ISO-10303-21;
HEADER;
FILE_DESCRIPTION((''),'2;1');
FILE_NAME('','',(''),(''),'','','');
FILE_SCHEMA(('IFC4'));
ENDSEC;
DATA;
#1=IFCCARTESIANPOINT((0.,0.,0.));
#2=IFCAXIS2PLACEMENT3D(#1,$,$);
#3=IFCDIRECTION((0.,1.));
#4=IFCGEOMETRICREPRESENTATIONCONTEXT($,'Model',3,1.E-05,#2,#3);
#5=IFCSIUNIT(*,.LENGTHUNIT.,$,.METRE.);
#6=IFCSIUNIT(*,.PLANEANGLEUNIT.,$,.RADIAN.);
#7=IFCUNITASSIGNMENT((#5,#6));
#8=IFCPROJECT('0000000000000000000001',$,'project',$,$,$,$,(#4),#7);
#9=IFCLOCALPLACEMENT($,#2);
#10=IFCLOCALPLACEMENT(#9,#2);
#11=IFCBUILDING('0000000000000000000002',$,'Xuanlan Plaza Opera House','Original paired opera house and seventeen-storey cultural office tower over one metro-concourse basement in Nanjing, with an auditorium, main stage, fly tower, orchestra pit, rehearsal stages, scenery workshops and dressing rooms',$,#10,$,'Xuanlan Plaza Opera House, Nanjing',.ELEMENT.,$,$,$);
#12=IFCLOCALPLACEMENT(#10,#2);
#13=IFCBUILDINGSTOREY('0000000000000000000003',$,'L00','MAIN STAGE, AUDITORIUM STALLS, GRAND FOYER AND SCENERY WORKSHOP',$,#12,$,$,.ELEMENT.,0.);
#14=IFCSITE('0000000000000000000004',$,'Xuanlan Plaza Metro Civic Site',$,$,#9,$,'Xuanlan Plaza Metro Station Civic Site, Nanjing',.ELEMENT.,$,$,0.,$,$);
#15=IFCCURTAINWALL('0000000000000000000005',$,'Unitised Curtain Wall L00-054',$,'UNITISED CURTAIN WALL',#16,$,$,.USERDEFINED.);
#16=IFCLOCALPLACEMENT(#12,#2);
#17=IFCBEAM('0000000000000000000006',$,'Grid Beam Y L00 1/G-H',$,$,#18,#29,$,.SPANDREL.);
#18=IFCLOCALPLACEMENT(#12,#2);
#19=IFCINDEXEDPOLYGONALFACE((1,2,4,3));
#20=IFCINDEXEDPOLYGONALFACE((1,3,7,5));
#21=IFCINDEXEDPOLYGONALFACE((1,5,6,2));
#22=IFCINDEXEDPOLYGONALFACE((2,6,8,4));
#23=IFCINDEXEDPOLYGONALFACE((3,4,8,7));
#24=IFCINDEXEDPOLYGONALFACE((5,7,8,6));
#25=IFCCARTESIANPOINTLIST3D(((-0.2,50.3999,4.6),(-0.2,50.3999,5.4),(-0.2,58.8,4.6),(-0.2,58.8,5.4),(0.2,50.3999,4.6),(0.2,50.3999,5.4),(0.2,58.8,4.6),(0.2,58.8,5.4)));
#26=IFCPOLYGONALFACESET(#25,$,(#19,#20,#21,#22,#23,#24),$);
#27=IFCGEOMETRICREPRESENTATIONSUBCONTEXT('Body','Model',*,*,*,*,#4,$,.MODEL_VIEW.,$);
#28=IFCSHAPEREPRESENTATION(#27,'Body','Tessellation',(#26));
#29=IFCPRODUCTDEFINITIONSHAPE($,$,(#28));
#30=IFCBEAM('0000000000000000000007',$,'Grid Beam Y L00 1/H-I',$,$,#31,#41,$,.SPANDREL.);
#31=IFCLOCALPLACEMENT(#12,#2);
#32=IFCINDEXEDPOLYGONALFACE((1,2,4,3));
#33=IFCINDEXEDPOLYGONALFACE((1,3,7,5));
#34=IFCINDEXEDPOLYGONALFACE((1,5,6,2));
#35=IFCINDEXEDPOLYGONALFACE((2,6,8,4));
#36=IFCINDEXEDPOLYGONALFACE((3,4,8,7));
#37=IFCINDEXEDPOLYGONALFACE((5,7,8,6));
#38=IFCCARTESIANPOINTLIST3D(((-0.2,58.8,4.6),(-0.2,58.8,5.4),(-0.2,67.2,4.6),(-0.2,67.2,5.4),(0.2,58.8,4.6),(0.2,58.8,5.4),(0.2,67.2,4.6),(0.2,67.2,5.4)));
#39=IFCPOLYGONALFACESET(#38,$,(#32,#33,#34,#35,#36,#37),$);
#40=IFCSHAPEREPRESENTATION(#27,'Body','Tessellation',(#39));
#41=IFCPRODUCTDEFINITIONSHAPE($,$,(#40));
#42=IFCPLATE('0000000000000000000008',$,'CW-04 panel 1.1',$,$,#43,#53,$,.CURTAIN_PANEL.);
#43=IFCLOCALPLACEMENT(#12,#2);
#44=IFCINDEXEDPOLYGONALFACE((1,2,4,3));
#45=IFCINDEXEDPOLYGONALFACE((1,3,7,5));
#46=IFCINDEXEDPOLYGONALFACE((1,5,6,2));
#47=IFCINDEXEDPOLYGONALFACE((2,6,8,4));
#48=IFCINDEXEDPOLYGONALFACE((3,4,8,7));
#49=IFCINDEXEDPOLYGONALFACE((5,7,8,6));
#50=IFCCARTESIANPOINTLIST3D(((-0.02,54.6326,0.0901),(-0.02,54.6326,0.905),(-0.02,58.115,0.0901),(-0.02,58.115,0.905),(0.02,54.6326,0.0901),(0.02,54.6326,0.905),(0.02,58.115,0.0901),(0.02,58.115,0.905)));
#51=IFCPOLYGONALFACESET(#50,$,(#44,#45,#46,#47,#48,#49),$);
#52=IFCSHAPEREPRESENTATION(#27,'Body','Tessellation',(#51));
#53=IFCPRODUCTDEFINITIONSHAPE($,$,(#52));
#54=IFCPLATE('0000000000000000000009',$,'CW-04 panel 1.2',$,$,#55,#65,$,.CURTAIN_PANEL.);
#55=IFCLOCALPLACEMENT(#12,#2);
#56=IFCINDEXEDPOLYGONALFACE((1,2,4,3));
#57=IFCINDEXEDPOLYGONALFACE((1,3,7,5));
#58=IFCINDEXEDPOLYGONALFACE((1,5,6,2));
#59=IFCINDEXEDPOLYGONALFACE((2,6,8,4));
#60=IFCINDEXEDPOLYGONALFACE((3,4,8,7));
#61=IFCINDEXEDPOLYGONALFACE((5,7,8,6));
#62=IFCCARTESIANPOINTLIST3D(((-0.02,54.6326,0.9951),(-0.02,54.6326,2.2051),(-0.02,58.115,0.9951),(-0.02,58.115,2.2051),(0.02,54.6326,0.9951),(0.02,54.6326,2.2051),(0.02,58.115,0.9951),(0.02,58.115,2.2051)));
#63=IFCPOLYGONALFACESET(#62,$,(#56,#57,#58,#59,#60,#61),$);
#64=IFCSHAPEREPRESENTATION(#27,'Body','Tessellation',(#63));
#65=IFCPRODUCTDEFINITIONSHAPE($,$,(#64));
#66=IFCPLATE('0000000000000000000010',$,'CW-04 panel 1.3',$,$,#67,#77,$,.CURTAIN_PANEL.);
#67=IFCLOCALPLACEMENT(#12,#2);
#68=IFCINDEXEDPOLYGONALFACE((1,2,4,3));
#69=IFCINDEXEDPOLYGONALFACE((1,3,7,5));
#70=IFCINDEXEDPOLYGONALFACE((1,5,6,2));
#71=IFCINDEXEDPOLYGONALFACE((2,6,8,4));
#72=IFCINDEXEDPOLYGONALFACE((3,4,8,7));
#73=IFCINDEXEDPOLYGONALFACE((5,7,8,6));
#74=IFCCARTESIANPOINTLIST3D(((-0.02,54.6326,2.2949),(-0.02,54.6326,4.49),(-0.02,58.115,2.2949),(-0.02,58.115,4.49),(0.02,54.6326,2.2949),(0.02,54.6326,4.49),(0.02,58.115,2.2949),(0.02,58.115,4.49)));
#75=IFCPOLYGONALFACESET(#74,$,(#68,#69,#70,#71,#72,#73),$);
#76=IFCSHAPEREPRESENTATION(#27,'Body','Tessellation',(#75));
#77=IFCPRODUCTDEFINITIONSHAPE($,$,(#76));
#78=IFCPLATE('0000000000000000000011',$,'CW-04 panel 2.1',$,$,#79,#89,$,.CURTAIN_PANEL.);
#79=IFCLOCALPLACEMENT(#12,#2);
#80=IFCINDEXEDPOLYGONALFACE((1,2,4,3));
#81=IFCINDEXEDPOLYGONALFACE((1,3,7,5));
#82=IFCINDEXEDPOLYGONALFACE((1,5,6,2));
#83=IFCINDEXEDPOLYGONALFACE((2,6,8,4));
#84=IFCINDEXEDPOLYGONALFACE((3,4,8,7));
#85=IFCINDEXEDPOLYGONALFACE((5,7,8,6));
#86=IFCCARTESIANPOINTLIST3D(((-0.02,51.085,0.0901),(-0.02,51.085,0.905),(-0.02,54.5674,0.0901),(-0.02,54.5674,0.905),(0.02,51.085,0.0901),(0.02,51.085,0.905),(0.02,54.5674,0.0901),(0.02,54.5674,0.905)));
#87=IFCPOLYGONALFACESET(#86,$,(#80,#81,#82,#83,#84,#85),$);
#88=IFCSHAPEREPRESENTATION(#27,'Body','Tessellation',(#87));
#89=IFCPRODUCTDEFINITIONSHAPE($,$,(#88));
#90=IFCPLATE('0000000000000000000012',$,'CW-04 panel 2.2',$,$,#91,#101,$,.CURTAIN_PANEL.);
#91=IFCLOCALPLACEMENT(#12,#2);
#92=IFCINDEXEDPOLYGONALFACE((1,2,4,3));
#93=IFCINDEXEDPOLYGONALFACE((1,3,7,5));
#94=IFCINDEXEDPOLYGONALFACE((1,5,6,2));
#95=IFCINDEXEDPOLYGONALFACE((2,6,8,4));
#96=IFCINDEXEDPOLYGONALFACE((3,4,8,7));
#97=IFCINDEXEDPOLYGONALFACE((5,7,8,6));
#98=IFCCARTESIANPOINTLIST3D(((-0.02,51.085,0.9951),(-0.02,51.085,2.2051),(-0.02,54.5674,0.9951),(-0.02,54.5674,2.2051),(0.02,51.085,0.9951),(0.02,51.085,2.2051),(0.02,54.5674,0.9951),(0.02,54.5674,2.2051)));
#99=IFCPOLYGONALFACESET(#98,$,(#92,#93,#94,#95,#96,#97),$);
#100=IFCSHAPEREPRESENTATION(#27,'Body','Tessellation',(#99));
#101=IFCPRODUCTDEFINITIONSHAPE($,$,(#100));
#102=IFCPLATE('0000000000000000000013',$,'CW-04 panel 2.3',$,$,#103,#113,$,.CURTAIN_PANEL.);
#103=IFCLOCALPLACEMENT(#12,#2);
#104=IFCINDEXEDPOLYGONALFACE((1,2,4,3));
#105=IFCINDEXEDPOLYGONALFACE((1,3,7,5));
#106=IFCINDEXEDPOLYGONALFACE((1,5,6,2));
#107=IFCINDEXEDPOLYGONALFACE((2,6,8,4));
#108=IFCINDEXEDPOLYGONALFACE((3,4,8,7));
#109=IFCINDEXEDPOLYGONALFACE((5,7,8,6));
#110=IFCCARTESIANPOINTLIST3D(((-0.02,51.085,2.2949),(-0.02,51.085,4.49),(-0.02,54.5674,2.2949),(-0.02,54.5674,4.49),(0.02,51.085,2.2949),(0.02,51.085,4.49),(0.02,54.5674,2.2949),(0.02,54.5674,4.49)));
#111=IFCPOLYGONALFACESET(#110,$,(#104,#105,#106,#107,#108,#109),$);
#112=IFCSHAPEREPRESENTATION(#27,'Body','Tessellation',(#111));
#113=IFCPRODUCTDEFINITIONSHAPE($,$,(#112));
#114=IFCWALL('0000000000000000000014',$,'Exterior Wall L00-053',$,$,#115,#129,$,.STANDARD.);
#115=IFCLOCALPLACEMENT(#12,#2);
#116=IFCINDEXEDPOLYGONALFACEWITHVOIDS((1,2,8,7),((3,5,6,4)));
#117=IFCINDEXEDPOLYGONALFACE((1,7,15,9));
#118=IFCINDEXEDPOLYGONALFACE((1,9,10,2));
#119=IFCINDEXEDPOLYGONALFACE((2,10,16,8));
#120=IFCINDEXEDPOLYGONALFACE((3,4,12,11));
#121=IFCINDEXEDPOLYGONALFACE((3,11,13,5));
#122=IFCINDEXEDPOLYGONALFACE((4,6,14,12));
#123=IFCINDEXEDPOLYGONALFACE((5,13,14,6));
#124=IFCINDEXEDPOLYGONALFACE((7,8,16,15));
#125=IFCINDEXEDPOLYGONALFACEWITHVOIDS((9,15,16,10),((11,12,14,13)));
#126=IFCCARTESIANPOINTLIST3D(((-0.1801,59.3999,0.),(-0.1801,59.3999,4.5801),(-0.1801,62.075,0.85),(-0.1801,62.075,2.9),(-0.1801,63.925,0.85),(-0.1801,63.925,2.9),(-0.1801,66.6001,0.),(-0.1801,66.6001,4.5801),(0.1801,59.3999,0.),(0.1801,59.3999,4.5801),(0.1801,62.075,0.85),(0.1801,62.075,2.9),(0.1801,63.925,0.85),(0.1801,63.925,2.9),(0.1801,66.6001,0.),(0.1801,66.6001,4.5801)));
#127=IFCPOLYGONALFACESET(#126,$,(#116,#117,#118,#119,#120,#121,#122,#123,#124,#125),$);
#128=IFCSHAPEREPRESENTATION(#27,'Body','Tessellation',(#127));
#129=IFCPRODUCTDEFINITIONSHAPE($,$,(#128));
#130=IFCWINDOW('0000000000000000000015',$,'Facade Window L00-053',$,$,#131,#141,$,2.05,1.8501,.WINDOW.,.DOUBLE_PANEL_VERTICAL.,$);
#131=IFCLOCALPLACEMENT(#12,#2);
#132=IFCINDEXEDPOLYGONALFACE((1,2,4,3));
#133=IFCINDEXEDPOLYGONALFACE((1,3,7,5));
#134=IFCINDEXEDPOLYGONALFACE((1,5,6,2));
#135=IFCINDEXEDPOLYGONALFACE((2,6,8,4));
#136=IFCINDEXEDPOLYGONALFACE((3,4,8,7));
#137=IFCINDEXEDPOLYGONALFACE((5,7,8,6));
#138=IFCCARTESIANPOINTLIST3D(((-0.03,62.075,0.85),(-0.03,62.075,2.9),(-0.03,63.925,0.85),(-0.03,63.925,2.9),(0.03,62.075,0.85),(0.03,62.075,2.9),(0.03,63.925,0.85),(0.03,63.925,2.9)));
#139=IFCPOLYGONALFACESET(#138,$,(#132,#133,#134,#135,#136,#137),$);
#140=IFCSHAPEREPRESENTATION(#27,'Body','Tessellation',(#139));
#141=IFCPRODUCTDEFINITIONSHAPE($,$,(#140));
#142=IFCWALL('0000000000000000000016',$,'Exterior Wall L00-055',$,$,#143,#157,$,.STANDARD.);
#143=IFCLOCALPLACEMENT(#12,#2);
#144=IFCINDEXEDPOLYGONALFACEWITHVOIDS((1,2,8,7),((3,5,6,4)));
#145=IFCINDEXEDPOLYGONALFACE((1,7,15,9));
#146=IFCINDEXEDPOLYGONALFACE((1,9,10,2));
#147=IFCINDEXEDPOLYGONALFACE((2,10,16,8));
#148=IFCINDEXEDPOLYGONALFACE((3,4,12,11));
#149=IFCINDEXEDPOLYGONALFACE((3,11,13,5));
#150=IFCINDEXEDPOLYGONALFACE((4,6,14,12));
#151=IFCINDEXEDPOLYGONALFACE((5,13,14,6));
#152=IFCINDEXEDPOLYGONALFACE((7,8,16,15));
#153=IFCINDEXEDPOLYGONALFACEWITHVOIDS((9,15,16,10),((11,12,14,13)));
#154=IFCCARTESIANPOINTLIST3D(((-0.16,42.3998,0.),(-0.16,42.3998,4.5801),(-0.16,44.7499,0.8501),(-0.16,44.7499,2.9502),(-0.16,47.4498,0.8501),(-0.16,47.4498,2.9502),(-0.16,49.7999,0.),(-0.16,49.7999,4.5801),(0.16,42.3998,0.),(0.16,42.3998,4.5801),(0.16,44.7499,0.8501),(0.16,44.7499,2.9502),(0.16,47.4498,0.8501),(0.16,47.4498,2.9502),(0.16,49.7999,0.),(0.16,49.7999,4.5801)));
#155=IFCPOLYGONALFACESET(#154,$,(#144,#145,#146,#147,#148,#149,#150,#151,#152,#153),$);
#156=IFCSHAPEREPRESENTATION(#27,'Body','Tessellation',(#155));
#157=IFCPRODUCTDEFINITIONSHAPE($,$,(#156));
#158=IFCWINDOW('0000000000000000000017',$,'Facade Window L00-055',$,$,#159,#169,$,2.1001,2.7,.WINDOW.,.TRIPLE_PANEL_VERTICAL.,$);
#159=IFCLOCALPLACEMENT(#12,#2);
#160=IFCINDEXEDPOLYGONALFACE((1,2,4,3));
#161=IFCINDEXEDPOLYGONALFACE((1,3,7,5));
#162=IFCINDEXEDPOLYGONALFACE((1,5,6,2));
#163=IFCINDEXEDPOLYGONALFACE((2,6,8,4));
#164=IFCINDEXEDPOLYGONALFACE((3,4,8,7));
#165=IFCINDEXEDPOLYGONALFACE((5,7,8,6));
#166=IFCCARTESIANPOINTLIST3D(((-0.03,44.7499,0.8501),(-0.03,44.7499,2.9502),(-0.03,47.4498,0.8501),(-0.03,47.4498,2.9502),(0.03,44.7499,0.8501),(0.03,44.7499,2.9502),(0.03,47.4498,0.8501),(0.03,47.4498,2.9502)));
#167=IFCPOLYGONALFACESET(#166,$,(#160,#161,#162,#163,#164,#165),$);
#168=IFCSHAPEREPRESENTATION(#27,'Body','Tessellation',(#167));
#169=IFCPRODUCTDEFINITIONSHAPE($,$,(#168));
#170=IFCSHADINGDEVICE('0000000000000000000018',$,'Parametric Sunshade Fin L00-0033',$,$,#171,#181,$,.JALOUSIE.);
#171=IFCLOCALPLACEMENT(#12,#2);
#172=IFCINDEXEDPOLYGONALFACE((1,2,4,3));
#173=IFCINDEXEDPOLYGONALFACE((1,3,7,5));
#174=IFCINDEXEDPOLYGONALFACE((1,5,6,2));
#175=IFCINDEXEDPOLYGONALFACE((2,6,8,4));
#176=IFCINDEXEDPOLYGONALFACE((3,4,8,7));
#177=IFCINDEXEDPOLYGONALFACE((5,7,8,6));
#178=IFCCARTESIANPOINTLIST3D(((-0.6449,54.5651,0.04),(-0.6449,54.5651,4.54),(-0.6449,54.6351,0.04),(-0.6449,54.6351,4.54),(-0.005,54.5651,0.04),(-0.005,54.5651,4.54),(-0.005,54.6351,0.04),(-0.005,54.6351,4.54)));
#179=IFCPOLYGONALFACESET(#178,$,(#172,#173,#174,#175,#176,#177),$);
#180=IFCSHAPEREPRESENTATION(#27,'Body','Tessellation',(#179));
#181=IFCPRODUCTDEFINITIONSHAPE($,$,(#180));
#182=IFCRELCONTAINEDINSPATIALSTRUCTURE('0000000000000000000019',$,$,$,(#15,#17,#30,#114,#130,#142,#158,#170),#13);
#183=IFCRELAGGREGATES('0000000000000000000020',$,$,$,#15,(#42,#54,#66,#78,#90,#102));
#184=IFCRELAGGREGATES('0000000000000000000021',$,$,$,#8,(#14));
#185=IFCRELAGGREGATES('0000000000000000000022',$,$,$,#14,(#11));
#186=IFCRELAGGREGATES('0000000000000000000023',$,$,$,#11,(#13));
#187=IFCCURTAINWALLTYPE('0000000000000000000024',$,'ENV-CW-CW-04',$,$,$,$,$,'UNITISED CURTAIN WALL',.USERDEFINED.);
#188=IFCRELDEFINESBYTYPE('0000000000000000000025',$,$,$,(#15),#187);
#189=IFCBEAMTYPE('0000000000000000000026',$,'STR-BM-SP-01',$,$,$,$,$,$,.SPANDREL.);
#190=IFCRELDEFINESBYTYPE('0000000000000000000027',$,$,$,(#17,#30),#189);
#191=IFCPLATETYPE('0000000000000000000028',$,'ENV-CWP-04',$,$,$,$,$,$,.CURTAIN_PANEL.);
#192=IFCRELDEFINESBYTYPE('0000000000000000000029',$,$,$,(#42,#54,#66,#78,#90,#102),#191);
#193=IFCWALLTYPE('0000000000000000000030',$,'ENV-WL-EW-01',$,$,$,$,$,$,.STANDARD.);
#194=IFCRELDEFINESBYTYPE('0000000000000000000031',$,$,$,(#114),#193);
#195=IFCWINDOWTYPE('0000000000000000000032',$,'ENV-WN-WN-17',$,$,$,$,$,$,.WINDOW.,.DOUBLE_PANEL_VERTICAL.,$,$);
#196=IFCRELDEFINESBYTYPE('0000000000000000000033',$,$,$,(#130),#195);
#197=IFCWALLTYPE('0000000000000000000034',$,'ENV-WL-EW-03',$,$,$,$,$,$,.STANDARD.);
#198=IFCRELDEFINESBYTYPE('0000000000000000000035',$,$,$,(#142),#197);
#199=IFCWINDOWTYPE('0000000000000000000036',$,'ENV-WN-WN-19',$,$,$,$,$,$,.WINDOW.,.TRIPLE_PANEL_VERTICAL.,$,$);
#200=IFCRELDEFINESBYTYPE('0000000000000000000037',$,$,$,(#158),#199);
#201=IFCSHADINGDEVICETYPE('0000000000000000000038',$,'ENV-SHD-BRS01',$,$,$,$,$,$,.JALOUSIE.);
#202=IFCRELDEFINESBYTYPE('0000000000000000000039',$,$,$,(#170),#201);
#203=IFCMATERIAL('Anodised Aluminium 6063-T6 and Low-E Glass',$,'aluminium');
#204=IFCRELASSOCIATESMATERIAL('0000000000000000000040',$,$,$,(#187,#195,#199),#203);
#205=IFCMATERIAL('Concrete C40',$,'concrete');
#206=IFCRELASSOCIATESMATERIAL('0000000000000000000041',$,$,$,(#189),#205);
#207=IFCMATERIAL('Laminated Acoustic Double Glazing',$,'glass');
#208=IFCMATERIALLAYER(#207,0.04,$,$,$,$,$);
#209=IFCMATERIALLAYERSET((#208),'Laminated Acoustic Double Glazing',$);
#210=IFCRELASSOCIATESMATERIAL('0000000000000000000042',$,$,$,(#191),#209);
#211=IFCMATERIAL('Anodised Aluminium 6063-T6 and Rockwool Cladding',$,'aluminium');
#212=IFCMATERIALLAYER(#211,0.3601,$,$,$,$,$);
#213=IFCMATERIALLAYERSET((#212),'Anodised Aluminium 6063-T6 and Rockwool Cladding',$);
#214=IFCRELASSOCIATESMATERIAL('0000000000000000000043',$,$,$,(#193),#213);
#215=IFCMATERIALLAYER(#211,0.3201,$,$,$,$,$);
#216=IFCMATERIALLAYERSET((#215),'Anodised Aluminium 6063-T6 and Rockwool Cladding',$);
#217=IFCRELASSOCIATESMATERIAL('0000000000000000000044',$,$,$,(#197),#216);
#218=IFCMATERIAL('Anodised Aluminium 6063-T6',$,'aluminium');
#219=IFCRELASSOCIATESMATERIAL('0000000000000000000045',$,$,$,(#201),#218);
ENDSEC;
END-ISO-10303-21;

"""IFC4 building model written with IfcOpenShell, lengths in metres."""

from ifc_helpers import new_model, si_unit, direction, frame, frame_2d, origin, origin_2d, place, context, subcontext, project, spatial, rectangle, extrude, material, layer, layer_set, material_profile, profile_set, type_object, element, fill, aggregate, save


model = new_model("IFC4")

# Units and contexts
model_context = context("Model", 3, precision=1e-05, world=origin(), true_north=direction((0.0, 1.0)))
body_context = subcontext(model_context, "Body", "Model", "MODEL_VIEW")
ifc_project = project(units=[si_unit("LENGTHUNIT", "METRE"), si_unit("PLANEANGLEUNIT", "RADIAN")], contexts=[model_context])

# Site, building, storey
site_placement = place(None, origin())
site = spatial("IfcSite", under=ifc_project, at=site_placement, Name="Xuanlan Plaza Metro Civic Site", LongName="Xuanlan Plaza Metro Station Civic Site, Nanjing", CompositionType="ELEMENT", RefElevation=0.0)
building_placement = place(site_placement, origin())
building = spatial("IfcBuilding", under=site, at=building_placement, Name="Xuanlan Plaza Opera House", Description="Original paired opera house and seventeen-storey cultural office tower over one metro-concourse basement in Nanjing, with an auditorium, main stage, fly tower, orchestra pit, rehearsal stages, scenery workshops and dressing rooms", LongName="Xuanlan Plaza Opera House, Nanjing", CompositionType="ELEMENT")
storey_placement = place(building_placement, origin())
storey = spatial("IfcBuildingStorey", under=building, at=storey_placement, Name="L00", Description="MAIN STAGE, AUDITORIUM STALLS, GRAND FOYER AND SCENERY WORKSHOP", CompositionType="ELEMENT", Elevation=0.0)

# Curtain wall
ifc_material_1 = material(Name="Anodised Aluminium 6063-T6 and Low-E Glass", Category="aluminium")
curtain_wall_type = type_object("IfcCurtainWallType", Name="ENV-CW-CW-04", ElementType="UNITISED CURTAIN WALL", PredefinedType="USERDEFINED", material=ifc_material_1)
curtain_wall_placement = place(storey_placement, origin())
curtain_wall = element("IfcCurtainWall", 1, at=curtain_wall_placement, inside=storey, type_object=curtain_wall_type, Name="Unitised Curtain Wall L00-054", ObjectType="UNITISED CURTAIN WALL", PredefinedType="USERDEFINED")
ifc_material_2 = material(Name="Anodised Aluminium 6063-T6", Category="aluminium")

# Beams
ifc_material_3 = material(Name="Concrete C40", Category="concrete")
ifc_material_profile_1 = material_profile(ifc_material_3, rectangle(XDim=0.3999, YDim=0.8, at=origin_2d()), Name="RC-SPD 400x800")
ifc_profile_set_1 = profile_set([ifc_material_profile_1], Name="Concrete C40")
beam_type_1 = type_object("IfcBeamType", Name="STR-BM-SP-01", PredefinedType="SPANDREL", material=ifc_profile_set_1)
beam_1_placement = place(storey_placement, frame((0.0, 50.3999, 5.0), z_axis=(0.0, 1.0, 0.0), x_axis=(-1.0, 0.0, 0.0)))
element("IfcBeam", 2, at=beam_1_placement, inside=storey, type_object=beam_type_1, Name="Grid Beam Y L00 1/G-H", PredefinedType="SPANDREL", context=body_context, shape_type="SweptSolid", body=[
    extrude(rectangle(XDim=0.3999, YDim=0.8, at=origin_2d()), origin(), (0.0, 0.0, 1.0), 8.4001),
])
beam_2_placement = place(storey_placement, frame((0.0, 58.8, 5.0), z_axis=(0.0, 1.0, 0.0), x_axis=(-1.0, 0.0, 0.0)))
element("IfcBeam", 3, at=beam_2_placement, inside=storey, type_object=beam_type_1, Name="Grid Beam Y L00 1/H-I", PredefinedType="SPANDREL", context=body_context, shape_type="SweptSolid", body=[
    extrude(rectangle(XDim=0.3999, YDim=0.8, at=origin_2d()), origin(), (0.0, 0.0, 1.0), 8.3999),
])

# Plates
ifc_material_4 = material(Name="Laminated Acoustic Double Glazing", Category="glass")
ifc_layer_1 = layer(ifc_material_4, 0.04)
ifc_layer_set_1 = layer_set([ifc_layer_1], Name="Laminated Acoustic Double Glazing")
plate_type = type_object("IfcPlateType", Name="ENV-CWP-04", PredefinedType="CURTAIN_PANEL", material=ifc_layer_set_1)
plate_1_placement = place(storey_placement, frame((0.0, 56.3738, 0.0901), z_axis=(0.0, 0.0, 1.0), x_axis=(0.0, -1.0, 0.0)))
plate_1 = element("IfcPlate", 4, at=plate_1_placement, type_object=plate_type, Name="CW-04 panel 1.1", PredefinedType="CURTAIN_PANEL", context=body_context, shape_type="SweptSolid", body=[
    extrude(rectangle(XDim=3.4824, YDim=0.04, at=origin_2d()), origin(), (0.0, 0.0, 1.0), 0.8149),
])
plate_2_placement = place(storey_placement, frame((0.0, 56.3738, 0.9951), z_axis=(0.0, 0.0, 1.0), x_axis=(0.0, -1.0, 0.0)))
plate_2 = element("IfcPlate", 5, at=plate_2_placement, type_object=plate_type, Name="CW-04 panel 1.2", PredefinedType="CURTAIN_PANEL", context=body_context, shape_type="SweptSolid", body=[
    extrude(rectangle(XDim=3.4824, YDim=0.04, at=origin_2d()), origin(), (0.0, 0.0, 1.0), 1.21),
])
plate_3_placement = place(storey_placement, frame((0.0, 56.3738, 2.2949), z_axis=(0.0, 0.0, 1.0), x_axis=(0.0, -1.0, 0.0)))
plate_3 = element("IfcPlate", 6, at=plate_3_placement, type_object=plate_type, Name="CW-04 panel 1.3", PredefinedType="CURTAIN_PANEL", context=body_context, shape_type="SweptSolid", body=[
    extrude(rectangle(XDim=3.4824, YDim=0.04, at=origin_2d()), origin(), (0.0, 0.0, 1.0), 2.1951),
])
plate_4_placement = place(storey_placement, frame((0.0, 52.8262, 0.0901), z_axis=(0.0, 0.0, 1.0), x_axis=(0.0, -1.0, 0.0)))
plate_4 = element("IfcPlate", 7, at=plate_4_placement, type_object=plate_type, Name="CW-04 panel 2.1", PredefinedType="CURTAIN_PANEL", context=body_context, shape_type="SweptSolid", body=[
    extrude(rectangle(XDim=3.4824, YDim=0.04, at=origin_2d()), origin(), (0.0, 0.0, 1.0), 0.8149),
])
plate_5_placement = place(storey_placement, frame((0.0, 52.8262, 0.9951), z_axis=(0.0, 0.0, 1.0), x_axis=(0.0, -1.0, 0.0)))
plate_5 = element("IfcPlate", 8, at=plate_5_placement, type_object=plate_type, Name="CW-04 panel 2.2", PredefinedType="CURTAIN_PANEL", context=body_context, shape_type="SweptSolid", body=[
    extrude(rectangle(XDim=3.4824, YDim=0.04, at=origin_2d()), origin(), (0.0, 0.0, 1.0), 1.21),
])
plate_6_placement = place(storey_placement, frame((0.0, 52.8262, 2.2949), z_axis=(0.0, 0.0, 1.0), x_axis=(0.0, -1.0, 0.0)))
plate_6 = element("IfcPlate", 9, at=plate_6_placement, type_object=plate_type, Name="CW-04 panel 2.3", PredefinedType="CURTAIN_PANEL", context=body_context, shape_type="SweptSolid", body=[
    extrude(rectangle(XDim=3.4824, YDim=0.04, at=origin_2d()), origin(), (0.0, 0.0, 1.0), 2.1951),
])
aggregate(curtain_wall, [plate_1, plate_2, plate_3, plate_4, plate_5, plate_6])

# Walls, openings, windows
ifc_material_5 = material(Name="Anodised Aluminium 6063-T6 and Rockwool Cladding", Category="aluminium")
ifc_layer_2 = layer(ifc_material_5, 0.3601)
ifc_layer_set_2 = layer_set([ifc_layer_2], Name="Anodised Aluminium 6063-T6 and Rockwool Cladding")
wall_type_1 = type_object("IfcWallType", Name="ENV-WL-EW-01", PredefinedType="STANDARD", material=ifc_layer_set_2)
wall_1_placement = place(storey_placement, frame((0.0, 66.6001, 0.0), z_axis=(0.0, 0.0, 1.0), x_axis=(0.0, -1.0, 0.0)))
wall_1 = element("IfcWall", 10, at=wall_1_placement, inside=storey, type_object=wall_type_1, Name="Exterior Wall L00-053", PredefinedType="STANDARD", context=body_context, shape_type="SweptSolid", body=[
    extrude(rectangle(XDim=7.2002, YDim=0.3601, at=frame_2d((3.6001, 0.0))), origin(), (0.0, 0.0, 1.0), 4.5801),
])
opening_1_placement = place(wall_1_placement, frame((2.675, 0.0, 0.8501)))
opening_1 = element("IfcOpeningElement", 11, at=opening_1_placement, cuts=wall_1, PredefinedType="OPENING", context=body_context, shape_type="SweptSolid", body=[
    extrude(rectangle(XDim=1.8501, YDim=2.05, at=frame_2d((0.925, 1.0249))), frame((0.0, 0.1899, 0.0), z_axis=(0.0, -1.0, 0.0), x_axis=(1.0, 0.0, 0.0)), (0.0, 0.0, 1.0), 0.3801),
])
window_type_1 = type_object("IfcWindowType", Name="ENV-WN-WN-17", PartitioningType="DOUBLE_PANEL_VERTICAL", PredefinedType="WINDOW", material=ifc_material_1)
window_1_placement = place(opening_1_placement, origin())
window_1 = element("IfcWindow", 12, at=window_1_placement, inside=storey, type_object=window_type_1, Name="Facade Window L00-053", OverallHeight=2.05, OverallWidth=1.8501, PartitioningType="DOUBLE_PANEL_VERTICAL", PredefinedType="WINDOW", context=body_context, shape_type="SweptSolid", body=[
    extrude(rectangle(XDim=1.8501, YDim=2.05, at=frame_2d((0.925, 1.0249))), frame((0.0, 0.03, 0.0), z_axis=(0.0, -1.0, 0.0), x_axis=(1.0, 0.0, 0.0)), (0.0, 0.0, 1.0), 0.0601),
])
fill(opening_1, window_1)
ifc_layer_3 = layer(ifc_material_5, 0.3201)
ifc_layer_set_3 = layer_set([ifc_layer_3], Name="Anodised Aluminium 6063-T6 and Rockwool Cladding")
wall_type_2 = type_object("IfcWallType", Name="ENV-WL-EW-03", PredefinedType="STANDARD", material=ifc_layer_set_3)
wall_2_placement = place(storey_placement, frame((0.0, 49.8, 0.0), z_axis=(0.0, 0.0, 1.0), x_axis=(0.0, -1.0, 0.0)))
wall_2 = element("IfcWall", 13, at=wall_2_placement, inside=storey, type_object=wall_type_2, Name="Exterior Wall L00-055", PredefinedType="STANDARD", context=body_context, shape_type="SweptSolid", body=[
    extrude(rectangle(XDim=7.4001, YDim=0.3201, at=frame_2d((3.7002, 0.0))), origin(), (0.0, 0.0, 1.0), 4.5801),
])
opening_2_placement = place(wall_2_placement, frame((2.3501, 0.0, 0.8501)))
opening_2 = element("IfcOpeningElement", 14, at=opening_2_placement, cuts=wall_2, PredefinedType="OPENING", context=body_context, shape_type="SweptSolid", body=[
    extrude(rectangle(XDim=2.7, YDim=2.1001, at=frame_2d((1.3501, 1.05))), frame((0.0, 0.1699, 0.0), z_axis=(0.0, -1.0, 0.0), x_axis=(1.0, 0.0, 0.0)), (0.0, 0.0, 1.0), 0.3401),
])
window_type_2 = type_object("IfcWindowType", Name="ENV-WN-WN-19", PartitioningType="TRIPLE_PANEL_VERTICAL", PredefinedType="WINDOW", material=ifc_material_1)
window_2_placement = place(opening_2_placement, origin())
window_2 = element("IfcWindow", 15, at=window_2_placement, inside=storey, type_object=window_type_2, Name="Facade Window L00-055", OverallHeight=2.1001, OverallWidth=2.7, PartitioningType="TRIPLE_PANEL_VERTICAL", PredefinedType="WINDOW", context=body_context, shape_type="SweptSolid", body=[
    extrude(rectangle(XDim=2.7, YDim=2.1001, at=frame_2d((1.3501, 1.05))), frame((0.0, 0.03, 0.0), z_axis=(0.0, -1.0, 0.0), x_axis=(1.0, 0.0, 0.0)), (0.0, 0.0, 1.0), 0.0601),
])
fill(opening_2, window_2)

# Shading device
shading_device_type = type_object("IfcShadingDeviceType", Name="ENV-SHD-BRS01", PredefinedType="JALOUSIE", material=ifc_material_2)
shading_device_placement = place(storey_placement, frame((-0.325, 54.6001, 0.04), z_axis=(0.0, 0.0, 1.0), x_axis=(-1.0, 0.0, 0.0)))
element("IfcShadingDevice", 16, at=shading_device_placement, inside=storey, type_object=shading_device_type, Name="Parametric Sunshade Fin L00-0033", PredefinedType="JALOUSIE", context=body_context, shape_type="SweptSolid", body=[
    extrude(rectangle(XDim=0.6399, YDim=0.0701, at=origin_2d()), origin(), (0.0, 0.0, 1.0), 4.5),
])

save(model, "model.ifc")
